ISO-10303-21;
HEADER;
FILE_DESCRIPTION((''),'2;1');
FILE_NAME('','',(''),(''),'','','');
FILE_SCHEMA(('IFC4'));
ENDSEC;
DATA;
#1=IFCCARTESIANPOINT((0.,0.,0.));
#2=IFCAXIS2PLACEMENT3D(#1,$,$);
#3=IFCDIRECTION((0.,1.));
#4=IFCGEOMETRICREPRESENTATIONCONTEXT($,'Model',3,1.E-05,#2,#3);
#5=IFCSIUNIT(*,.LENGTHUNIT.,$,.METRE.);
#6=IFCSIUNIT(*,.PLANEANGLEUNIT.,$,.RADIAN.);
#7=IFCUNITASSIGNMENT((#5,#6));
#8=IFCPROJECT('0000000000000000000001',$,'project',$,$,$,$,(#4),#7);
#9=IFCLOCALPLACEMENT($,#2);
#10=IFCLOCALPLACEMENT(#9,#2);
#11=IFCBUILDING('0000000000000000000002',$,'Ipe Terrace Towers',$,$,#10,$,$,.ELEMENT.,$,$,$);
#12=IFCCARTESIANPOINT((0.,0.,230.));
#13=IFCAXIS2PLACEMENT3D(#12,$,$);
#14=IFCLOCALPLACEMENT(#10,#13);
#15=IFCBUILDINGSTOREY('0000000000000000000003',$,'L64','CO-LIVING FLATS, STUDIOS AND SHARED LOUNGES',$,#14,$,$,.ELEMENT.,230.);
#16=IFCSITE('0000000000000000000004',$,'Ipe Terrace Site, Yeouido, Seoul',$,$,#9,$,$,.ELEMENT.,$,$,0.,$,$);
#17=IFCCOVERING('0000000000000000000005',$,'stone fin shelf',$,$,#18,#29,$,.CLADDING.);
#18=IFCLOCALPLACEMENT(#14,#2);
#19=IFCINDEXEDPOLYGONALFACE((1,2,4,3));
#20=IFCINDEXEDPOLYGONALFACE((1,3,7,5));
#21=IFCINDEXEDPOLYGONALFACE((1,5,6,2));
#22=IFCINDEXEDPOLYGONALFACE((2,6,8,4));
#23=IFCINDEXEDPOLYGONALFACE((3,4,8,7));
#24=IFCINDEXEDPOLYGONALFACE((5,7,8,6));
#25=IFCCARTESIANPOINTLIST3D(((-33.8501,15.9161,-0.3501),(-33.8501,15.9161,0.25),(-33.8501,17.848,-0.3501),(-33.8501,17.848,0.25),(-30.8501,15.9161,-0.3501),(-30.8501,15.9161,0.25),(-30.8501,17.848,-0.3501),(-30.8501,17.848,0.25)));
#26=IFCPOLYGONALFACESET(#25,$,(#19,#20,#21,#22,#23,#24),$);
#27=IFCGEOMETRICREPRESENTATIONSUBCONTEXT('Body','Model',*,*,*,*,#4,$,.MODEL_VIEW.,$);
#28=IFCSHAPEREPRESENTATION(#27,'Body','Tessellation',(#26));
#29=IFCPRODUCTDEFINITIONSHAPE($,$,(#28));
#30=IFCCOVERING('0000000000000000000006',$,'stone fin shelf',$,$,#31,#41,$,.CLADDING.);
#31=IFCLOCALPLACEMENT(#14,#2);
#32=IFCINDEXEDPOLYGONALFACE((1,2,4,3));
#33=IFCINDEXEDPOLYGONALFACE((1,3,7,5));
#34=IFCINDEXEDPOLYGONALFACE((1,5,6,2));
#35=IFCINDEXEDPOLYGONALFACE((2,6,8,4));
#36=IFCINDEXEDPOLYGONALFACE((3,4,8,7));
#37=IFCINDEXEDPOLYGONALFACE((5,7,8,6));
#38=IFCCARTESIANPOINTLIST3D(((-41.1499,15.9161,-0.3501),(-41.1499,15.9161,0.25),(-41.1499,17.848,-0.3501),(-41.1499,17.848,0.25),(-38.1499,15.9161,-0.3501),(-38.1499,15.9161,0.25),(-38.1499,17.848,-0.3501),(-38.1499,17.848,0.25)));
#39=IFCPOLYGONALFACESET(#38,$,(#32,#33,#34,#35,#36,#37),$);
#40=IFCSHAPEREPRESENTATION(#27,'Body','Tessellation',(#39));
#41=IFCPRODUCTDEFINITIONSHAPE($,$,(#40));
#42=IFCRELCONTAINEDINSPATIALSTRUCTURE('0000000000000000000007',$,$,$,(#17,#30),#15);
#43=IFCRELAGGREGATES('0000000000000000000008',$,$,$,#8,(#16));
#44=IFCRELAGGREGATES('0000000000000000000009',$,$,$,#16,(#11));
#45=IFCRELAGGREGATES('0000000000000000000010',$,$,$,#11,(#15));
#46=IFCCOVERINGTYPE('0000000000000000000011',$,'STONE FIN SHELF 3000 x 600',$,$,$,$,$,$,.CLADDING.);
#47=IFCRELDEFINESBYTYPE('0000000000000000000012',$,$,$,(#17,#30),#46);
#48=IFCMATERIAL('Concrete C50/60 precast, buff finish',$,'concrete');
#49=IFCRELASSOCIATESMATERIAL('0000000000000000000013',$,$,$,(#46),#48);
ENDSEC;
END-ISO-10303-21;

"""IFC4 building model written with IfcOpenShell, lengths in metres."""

from ifc_helpers import new_model, si_unit, direction, frame, origin, origin_2d, place, context, subcontext, project, spatial, rectangle, extrude, material, type_object, element, save


model = new_model("IFC4")

# Units and contexts
model_context = context("Model", 3, precision=1e-05, world=origin(), true_north=direction((0.0, 1.0)))
body_context = subcontext(model_context, "Body", "Model", "MODEL_VIEW")
ifc_project = project(units=[si_unit("LENGTHUNIT", "METRE"), si_unit("PLANEANGLEUNIT", "RADIAN")], contexts=[model_context])

# Site, building, storey
site_placement = place(None, origin())
site = spatial("IfcSite", under=ifc_project, at=site_placement, Name="Ipe Terrace Site, Yeouido, Seoul", CompositionType="ELEMENT", RefElevation=0.0)
building_placement = place(site_placement, origin())
building = spatial("IfcBuilding", under=site, at=building_placement, Name="Ipe Terrace Towers", CompositionType="ELEMENT")
storey_placement = place(building_placement, frame((0.0, 0.0, 230.0)))
storey = spatial("IfcBuildingStorey", under=building, at=storey_placement, Name="L64", Description="CO-LIVING FLATS, STUDIOS AND SHARED LOUNGES", CompositionType="ELEMENT", Elevation=230.0)

# Coverings
ifc_material_1 = material(Name="Concrete C50/60 precast, buff finish", Category="concrete")
covering_type_1 = type_object("IfcCoveringType", Name="STONE FIN SHELF 3000 x 600", PredefinedType="CLADDING", material=ifc_material_1)
for number, where, z_axis, x_axis, name in (
    (1, (-32.3501, 16.8821, -0.3501), (0.0, 0.0, 1.0), (-1.0, 0.0, 0.0), "stone fin shelf"),
    (2, (-39.6499, 16.8821, -0.3501), (0.0, 0.0, 1.0), (-1.0, 0.0, 0.0), "stone fin shelf"),
):
    element("IfcCovering", number, at=place(storey_placement, frame(where, z_axis=z_axis, x_axis=x_axis)), inside=storey, type_object=covering_type_1, Name=name, PredefinedType="CLADDING", context=body_context, shape_type="SweptSolid", body=[
        extrude(rectangle(XDim=3.0, YDim=1.9319, at=origin_2d()), origin(), (0.0, 0.0, 1.0), 0.6001),
    ])

save(model, "model.ifc")
